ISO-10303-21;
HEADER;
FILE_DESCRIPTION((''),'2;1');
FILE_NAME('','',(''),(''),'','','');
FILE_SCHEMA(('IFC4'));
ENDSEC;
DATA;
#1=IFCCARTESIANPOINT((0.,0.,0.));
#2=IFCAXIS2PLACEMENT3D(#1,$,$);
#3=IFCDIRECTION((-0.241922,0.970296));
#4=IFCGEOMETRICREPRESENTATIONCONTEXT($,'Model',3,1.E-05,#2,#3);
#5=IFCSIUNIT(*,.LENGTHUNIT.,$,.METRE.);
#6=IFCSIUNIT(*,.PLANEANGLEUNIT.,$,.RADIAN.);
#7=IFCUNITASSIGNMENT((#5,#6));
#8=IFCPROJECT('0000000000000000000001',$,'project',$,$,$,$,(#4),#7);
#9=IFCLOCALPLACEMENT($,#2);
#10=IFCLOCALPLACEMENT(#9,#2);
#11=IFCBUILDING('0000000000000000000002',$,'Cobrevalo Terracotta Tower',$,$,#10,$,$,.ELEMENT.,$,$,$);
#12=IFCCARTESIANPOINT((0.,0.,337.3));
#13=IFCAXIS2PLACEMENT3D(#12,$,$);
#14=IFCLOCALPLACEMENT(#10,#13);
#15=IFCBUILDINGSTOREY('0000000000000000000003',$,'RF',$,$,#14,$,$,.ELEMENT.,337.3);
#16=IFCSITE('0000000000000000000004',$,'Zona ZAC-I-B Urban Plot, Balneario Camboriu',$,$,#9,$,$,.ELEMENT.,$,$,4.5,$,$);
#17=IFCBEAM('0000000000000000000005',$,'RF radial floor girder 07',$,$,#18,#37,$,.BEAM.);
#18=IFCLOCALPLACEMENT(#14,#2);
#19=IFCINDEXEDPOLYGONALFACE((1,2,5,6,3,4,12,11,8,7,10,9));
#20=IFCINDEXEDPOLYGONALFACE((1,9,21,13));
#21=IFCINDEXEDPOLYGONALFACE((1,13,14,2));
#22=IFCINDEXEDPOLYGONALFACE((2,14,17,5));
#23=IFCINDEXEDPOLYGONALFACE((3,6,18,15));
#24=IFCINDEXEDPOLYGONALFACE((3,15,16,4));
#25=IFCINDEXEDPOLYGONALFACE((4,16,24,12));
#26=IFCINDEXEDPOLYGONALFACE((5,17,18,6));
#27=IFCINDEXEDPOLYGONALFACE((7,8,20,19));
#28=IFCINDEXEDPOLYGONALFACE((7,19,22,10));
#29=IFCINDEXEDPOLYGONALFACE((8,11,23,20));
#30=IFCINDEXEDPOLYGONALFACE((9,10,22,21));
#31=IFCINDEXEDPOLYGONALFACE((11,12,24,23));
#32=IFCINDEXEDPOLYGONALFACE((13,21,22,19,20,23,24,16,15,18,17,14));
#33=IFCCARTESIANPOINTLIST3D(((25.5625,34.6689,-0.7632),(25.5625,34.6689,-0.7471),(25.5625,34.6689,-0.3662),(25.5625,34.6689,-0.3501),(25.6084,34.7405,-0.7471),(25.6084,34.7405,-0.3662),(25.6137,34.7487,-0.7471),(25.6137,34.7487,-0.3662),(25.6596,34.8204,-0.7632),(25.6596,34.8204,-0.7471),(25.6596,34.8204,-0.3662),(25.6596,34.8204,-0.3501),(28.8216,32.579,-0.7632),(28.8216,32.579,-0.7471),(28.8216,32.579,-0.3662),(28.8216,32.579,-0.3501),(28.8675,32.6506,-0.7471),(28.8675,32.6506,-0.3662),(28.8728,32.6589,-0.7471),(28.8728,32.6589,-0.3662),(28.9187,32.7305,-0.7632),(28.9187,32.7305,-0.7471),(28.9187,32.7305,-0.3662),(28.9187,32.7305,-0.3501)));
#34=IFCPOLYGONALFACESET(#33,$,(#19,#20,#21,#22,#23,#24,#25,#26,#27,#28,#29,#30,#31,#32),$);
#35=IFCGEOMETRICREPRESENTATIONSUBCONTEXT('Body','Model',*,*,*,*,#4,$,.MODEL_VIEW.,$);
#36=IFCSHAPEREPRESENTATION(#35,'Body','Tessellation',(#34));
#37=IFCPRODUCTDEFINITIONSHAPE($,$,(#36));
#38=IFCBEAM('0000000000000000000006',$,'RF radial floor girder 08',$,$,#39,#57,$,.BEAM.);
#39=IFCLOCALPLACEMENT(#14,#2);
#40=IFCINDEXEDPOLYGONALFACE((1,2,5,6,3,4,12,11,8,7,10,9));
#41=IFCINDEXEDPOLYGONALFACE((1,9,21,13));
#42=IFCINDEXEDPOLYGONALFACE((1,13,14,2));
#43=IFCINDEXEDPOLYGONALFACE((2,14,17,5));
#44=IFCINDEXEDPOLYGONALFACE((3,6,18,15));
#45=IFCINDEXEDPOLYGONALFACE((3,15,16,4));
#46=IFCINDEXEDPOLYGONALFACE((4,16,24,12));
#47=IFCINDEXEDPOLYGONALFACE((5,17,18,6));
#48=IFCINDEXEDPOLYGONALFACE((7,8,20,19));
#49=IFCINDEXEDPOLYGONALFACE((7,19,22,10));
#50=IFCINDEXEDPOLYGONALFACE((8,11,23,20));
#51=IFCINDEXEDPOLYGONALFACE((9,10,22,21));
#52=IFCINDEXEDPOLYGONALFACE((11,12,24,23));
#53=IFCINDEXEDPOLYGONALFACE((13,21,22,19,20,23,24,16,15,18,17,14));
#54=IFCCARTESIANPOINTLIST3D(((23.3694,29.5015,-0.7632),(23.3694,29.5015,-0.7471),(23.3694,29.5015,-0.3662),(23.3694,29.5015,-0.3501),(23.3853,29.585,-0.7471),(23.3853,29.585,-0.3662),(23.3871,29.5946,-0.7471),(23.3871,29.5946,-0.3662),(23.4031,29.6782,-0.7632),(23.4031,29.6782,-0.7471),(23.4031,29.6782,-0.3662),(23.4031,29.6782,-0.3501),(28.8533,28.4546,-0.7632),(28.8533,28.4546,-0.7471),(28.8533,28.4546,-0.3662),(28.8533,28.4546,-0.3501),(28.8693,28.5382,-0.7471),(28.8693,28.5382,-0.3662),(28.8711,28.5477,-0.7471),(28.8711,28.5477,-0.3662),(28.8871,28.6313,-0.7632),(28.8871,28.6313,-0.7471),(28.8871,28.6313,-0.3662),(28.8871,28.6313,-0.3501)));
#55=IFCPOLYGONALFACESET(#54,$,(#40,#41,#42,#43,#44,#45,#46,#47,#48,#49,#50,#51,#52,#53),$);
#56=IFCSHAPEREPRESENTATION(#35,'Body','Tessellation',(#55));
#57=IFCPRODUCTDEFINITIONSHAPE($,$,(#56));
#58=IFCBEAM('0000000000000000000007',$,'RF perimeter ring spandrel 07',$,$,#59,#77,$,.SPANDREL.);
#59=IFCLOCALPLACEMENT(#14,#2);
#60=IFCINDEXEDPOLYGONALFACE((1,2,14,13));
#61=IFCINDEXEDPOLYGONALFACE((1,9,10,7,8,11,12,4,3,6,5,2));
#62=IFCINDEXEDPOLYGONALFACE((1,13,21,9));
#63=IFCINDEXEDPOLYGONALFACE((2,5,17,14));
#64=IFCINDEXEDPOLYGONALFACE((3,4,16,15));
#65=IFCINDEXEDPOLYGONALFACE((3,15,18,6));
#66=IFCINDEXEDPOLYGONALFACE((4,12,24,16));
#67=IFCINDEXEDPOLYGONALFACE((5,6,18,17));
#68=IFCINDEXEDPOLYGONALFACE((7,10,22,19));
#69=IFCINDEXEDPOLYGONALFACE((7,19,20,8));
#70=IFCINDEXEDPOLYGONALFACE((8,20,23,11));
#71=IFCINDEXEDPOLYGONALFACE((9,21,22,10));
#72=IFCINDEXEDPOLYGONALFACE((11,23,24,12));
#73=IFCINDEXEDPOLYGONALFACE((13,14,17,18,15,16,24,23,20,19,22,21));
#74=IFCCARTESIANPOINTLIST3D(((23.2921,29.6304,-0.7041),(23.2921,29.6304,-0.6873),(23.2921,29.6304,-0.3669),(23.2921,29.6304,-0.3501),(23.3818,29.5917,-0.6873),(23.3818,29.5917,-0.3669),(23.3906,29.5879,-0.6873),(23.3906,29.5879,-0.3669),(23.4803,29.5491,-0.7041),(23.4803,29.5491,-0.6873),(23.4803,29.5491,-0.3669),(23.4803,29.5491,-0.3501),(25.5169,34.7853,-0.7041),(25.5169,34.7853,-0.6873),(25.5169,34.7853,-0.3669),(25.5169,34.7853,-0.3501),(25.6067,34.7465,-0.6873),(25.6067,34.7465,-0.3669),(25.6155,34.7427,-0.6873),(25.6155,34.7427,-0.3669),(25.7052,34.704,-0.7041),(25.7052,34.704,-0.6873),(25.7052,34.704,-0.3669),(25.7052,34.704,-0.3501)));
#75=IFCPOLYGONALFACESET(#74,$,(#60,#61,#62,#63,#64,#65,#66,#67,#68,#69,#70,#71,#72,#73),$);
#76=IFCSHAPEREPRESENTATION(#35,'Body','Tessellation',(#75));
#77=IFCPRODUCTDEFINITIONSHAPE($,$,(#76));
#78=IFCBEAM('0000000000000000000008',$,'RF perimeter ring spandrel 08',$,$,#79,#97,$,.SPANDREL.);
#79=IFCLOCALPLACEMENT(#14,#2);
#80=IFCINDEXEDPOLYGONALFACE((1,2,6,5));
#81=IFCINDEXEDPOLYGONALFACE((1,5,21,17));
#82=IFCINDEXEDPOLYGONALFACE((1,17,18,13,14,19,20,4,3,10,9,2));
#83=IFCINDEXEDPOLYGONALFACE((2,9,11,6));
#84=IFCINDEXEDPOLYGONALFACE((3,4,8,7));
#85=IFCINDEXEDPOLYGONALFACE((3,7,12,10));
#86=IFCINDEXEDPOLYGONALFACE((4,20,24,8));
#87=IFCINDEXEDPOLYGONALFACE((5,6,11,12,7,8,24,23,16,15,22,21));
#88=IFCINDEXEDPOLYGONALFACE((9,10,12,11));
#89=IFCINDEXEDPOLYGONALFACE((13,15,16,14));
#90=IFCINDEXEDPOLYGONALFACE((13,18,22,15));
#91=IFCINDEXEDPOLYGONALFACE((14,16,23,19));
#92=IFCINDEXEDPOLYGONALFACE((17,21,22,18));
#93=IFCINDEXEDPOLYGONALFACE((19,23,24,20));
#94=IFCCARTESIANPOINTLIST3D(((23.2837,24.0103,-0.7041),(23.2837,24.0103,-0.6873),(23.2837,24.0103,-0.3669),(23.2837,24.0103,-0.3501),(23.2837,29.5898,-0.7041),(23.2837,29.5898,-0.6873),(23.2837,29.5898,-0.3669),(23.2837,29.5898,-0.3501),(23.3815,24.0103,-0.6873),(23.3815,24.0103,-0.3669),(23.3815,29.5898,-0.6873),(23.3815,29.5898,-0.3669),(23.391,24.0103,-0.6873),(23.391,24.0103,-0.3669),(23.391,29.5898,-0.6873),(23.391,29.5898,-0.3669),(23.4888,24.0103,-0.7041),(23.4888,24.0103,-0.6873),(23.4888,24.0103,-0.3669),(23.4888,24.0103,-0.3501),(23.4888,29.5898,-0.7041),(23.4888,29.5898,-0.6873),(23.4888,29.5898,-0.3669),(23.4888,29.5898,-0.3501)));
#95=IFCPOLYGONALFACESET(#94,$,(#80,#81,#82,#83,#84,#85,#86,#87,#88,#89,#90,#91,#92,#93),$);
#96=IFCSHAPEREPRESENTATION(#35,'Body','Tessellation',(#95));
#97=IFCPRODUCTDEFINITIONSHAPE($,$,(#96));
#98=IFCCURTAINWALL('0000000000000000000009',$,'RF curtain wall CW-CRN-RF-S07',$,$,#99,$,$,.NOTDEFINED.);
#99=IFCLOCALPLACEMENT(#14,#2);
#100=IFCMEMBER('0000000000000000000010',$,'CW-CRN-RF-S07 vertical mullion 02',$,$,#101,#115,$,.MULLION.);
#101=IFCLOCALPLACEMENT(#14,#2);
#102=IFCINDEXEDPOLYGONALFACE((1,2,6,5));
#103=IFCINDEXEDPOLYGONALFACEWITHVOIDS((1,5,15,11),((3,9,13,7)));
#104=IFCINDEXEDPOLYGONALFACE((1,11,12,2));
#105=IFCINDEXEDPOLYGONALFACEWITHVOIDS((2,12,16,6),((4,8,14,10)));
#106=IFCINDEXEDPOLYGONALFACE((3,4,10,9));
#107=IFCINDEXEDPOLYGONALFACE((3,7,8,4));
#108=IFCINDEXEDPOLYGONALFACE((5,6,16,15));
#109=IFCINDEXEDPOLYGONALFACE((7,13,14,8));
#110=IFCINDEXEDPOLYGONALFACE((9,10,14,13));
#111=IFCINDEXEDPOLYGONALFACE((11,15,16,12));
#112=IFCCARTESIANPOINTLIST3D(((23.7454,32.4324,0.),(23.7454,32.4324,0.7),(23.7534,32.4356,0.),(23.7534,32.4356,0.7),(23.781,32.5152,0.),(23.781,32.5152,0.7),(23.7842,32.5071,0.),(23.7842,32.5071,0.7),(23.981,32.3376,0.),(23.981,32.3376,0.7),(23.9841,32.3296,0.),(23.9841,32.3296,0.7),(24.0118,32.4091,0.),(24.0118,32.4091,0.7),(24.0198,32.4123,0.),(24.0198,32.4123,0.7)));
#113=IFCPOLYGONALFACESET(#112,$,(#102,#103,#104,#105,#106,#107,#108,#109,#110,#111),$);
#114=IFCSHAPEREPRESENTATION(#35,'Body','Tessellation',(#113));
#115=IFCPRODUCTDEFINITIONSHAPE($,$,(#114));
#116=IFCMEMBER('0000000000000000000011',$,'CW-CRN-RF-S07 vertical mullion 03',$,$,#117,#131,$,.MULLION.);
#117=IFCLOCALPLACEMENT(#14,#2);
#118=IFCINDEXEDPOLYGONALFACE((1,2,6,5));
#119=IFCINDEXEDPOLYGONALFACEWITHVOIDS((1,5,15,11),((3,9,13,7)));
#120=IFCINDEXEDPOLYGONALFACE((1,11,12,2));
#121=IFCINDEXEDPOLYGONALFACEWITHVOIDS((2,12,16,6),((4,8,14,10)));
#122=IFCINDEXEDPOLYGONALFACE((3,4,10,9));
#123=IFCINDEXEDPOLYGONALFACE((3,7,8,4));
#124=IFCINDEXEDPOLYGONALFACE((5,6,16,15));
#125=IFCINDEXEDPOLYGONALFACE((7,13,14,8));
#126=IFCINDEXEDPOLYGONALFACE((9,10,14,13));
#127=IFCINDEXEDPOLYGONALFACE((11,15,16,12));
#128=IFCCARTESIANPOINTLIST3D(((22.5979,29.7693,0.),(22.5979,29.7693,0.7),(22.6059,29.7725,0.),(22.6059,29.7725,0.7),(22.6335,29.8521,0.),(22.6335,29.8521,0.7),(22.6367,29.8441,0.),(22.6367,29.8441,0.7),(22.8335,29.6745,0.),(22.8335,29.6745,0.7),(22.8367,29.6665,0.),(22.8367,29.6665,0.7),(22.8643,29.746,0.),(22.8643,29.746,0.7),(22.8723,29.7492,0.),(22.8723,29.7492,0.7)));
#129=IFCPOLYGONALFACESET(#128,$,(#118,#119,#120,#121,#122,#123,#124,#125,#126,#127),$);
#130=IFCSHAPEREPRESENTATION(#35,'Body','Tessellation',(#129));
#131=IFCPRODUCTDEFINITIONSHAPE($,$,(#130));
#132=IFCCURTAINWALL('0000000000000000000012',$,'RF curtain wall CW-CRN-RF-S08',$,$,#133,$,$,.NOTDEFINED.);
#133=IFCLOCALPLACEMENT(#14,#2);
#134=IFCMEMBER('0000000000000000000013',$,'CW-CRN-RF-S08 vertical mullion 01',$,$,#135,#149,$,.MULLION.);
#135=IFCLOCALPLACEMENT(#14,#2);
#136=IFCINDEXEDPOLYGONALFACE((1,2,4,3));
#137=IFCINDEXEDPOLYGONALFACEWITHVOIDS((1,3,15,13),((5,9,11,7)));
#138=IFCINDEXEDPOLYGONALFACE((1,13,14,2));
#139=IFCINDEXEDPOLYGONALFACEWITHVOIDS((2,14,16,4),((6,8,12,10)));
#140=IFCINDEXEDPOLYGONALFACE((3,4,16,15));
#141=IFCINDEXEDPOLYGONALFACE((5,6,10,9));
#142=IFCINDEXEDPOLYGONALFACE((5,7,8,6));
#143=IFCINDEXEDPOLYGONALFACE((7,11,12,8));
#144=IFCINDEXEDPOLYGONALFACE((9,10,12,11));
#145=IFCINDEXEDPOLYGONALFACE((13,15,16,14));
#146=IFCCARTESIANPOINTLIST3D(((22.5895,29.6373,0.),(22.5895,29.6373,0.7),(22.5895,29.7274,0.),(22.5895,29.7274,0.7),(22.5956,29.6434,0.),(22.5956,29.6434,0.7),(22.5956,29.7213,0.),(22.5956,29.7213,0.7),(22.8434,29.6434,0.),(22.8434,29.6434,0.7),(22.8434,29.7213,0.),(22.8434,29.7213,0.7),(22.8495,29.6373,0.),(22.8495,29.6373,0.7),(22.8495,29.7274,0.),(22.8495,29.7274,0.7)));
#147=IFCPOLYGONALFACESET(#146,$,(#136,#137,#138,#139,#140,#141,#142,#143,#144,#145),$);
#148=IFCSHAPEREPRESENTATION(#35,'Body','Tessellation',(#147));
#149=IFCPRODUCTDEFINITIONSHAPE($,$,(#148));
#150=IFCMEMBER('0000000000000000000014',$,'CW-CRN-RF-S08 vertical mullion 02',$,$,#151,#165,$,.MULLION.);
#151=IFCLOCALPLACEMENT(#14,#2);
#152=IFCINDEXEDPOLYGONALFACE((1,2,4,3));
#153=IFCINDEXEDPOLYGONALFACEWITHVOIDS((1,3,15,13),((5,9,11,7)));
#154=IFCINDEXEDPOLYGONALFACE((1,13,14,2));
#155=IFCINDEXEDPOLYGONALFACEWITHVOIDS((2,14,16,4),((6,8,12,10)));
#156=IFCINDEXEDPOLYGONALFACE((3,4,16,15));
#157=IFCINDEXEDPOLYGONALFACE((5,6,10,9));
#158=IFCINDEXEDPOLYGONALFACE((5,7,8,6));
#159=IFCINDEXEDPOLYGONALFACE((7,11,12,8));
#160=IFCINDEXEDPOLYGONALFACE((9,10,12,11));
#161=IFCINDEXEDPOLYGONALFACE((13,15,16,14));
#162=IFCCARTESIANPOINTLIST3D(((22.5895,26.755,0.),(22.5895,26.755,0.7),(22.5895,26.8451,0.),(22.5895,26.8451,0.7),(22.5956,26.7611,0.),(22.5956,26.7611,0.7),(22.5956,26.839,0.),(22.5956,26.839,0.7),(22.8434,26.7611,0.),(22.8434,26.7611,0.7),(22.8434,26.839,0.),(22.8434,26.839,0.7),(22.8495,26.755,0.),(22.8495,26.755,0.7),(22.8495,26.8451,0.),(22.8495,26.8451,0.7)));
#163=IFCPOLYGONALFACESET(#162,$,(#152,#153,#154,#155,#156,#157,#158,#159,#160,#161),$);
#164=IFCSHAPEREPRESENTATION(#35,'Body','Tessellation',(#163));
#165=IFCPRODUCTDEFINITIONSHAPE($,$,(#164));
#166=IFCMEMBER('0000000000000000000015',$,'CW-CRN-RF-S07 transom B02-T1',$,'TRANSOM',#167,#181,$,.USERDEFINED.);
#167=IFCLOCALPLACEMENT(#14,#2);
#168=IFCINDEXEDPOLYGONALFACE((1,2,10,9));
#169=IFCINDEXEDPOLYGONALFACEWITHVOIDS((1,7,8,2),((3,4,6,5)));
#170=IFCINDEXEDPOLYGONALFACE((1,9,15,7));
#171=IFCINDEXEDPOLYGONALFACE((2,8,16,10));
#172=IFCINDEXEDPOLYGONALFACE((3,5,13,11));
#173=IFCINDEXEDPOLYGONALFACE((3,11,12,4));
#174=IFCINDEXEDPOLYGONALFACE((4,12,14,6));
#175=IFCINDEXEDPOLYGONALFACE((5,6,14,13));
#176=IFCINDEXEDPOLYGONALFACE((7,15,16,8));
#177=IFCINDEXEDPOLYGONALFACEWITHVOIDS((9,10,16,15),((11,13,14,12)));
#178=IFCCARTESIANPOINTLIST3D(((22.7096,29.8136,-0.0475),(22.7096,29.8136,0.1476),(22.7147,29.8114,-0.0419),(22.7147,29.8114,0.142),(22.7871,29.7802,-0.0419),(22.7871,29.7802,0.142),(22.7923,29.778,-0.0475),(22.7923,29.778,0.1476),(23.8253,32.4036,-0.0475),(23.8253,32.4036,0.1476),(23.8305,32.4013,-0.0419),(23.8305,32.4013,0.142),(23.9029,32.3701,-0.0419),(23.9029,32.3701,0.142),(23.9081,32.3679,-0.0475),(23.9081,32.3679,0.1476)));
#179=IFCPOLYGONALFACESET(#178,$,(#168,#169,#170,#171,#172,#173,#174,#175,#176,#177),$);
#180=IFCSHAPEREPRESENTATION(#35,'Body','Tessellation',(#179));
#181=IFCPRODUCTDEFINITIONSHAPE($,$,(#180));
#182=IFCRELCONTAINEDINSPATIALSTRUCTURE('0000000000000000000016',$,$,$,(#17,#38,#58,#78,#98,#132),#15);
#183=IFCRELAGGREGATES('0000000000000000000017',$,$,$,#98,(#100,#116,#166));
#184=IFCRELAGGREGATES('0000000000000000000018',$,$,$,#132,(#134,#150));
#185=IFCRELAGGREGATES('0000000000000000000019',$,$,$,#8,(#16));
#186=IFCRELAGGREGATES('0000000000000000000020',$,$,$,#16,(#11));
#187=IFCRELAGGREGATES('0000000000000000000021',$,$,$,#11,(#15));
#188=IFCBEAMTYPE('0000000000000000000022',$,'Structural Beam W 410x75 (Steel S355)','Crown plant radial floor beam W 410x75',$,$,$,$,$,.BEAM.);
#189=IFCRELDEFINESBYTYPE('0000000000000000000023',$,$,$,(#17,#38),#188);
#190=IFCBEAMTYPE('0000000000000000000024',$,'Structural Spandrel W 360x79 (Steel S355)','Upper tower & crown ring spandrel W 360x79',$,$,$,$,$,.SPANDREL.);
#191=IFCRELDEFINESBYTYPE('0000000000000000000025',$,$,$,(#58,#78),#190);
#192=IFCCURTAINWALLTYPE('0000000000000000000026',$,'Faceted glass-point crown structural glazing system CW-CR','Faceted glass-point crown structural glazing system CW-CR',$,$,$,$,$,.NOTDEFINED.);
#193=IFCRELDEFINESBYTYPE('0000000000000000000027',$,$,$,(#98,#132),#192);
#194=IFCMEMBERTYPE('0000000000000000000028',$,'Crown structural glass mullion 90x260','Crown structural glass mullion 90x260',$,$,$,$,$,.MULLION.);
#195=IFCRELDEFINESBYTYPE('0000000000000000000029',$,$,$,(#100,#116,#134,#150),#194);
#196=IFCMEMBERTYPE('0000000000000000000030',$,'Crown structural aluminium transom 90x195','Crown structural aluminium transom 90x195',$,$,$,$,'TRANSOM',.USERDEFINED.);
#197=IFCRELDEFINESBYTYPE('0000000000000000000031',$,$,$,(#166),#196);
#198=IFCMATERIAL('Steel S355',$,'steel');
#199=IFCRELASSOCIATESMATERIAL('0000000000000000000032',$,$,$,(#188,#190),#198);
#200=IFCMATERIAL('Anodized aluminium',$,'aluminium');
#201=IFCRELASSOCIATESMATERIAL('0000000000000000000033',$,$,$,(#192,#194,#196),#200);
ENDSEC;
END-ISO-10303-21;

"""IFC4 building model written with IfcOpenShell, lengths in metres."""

from ifc_helpers import new_model, si_unit, direction, frame, origin, origin_2d, place, context, subcontext, project, spatial, hollow_rectangle, i_section, extrude, source, transform, mapped, material, material_profile, profile_set, type_object, element, aggregate, save


model = new_model("IFC4")

# Units and contexts
model_context = context("Model", 3, precision=1e-05, world=origin(), true_north=direction((-0.241922, 0.970296)))
body_context = subcontext(model_context, "Body", "Model", "MODEL_VIEW")
ifc_project = project(units=[si_unit("LENGTHUNIT", "METRE"), si_unit("PLANEANGLEUNIT", "RADIAN")], contexts=[model_context])

# Site, building, storey
site_placement = place(None, origin())
site = spatial("IfcSite", under=ifc_project, at=site_placement, Name="Zona ZAC-I-B Urban Plot, Balneario Camboriu", CompositionType="ELEMENT", RefElevation=4.5)
building_placement = place(site_placement, origin())
building = spatial("IfcBuilding", under=site, at=building_placement, Name="Cobrevalo Terracotta Tower", CompositionType="ELEMENT")
storey_placement = place(building_placement, frame((0.0, 0.0, 337.3)))
storey = spatial("IfcBuildingStorey", under=building, at=storey_placement, Name="RF", CompositionType="ELEMENT", Elevation=337.3)

# Beams
ifc_material_1 = material(Name="Steel S355", Category="steel")
ifc_material_profile_1 = material_profile(ifc_material_1, i_section(OverallWidth=0.1799, OverallDepth=0.4131, WebThickness=0.0098, FlangeThickness=0.0161, at=origin_2d()), Name="W 410x75")
ifc_profile_set_1 = profile_set([ifc_material_profile_1], Name="Steel S355")
beam_type_1 = type_object("IfcBeamType", Name="Structural Beam W 410x75 (Steel S355)", Description="Crown plant radial floor beam W 410x75", PredefinedType="BEAM", material=ifc_profile_set_1)
beam_1_placement = place(storey_placement, frame((25.6111, 34.7446, -0.5566), z_axis=(0.841795, -0.539798, 0.0), x_axis=(0.539798, 0.841795, 0.0)))
element("IfcBeam", 1, at=beam_1_placement, inside=storey, type_object=beam_type_1, Name="RF radial floor girder 07", PredefinedType="BEAM", context=body_context, shape_type="SweptSolid", body=[
    extrude(i_section(OverallWidth=0.1799, OverallDepth=0.4131, WebThickness=0.0098, FlangeThickness=0.0161, at=origin_2d()), origin(), (0.0, 0.0, 1.0), 3.8716),
])
beam_2_placement = place(storey_placement, frame((23.3862, 29.5898, -0.5566), z_axis=(0.982262, -0.187514, 0.0), x_axis=(0.187514, 0.982262, 0.0)))
element("IfcBeam", 2, at=beam_2_placement, inside=storey, type_object=beam_type_1, Name="RF radial floor girder 08", PredefinedType="BEAM", context=body_context, shape_type="SweptSolid", body=[
    extrude(i_section(OverallWidth=0.1799, OverallDepth=0.4131, WebThickness=0.0098, FlangeThickness=0.0161, at=origin_2d()), origin(), (0.0, 0.0, 1.0), 5.583),
])
ifc_material_profile_2 = material_profile(ifc_material_1, i_section(OverallWidth=0.2051, OverallDepth=0.354, WebThickness=0.0095, FlangeThickness=0.0168, at=origin_2d()), Name="W 360x79")
ifc_profile_set_2 = profile_set([ifc_material_profile_2], Name="Steel S355")
beam_type_2 = type_object("IfcBeamType", Name="Structural Spandrel W 360x79 (Steel S355)", Description="Upper tower & crown ring spandrel W 360x79", PredefinedType="SPANDREL", material=ifc_profile_set_2)
beam_3_placement = place(storey_placement, frame((25.6111, 34.7446, -0.5271), z_axis=(-0.396274, -0.918132, 0.0), x_axis=(0.918132, -0.396274, 0.0)))
element("IfcBeam", 3, at=beam_3_placement, inside=storey, type_object=beam_type_2, Name="RF perimeter ring spandrel 07", PredefinedType="SPANDREL", context=body_context, shape_type="SweptSolid", body=[
    extrude(i_section(OverallWidth=0.2051, OverallDepth=0.354, WebThickness=0.0095, FlangeThickness=0.0168, at=origin_2d()), origin(), (0.0, 0.0, 1.0), 5.6145),
])
beam_4_placement = place(storey_placement, frame((23.3862, 29.5898, -0.5271), z_axis=(0.0, -1.0, 0.0), x_axis=(1.0, 0.0, 0.0)))
element("IfcBeam", 4, at=beam_4_placement, inside=storey, type_object=beam_type_2, Name="RF perimeter ring spandrel 08", PredefinedType="SPANDREL", context=body_context, shape_type="SweptSolid", body=[
    extrude(i_section(OverallWidth=0.2051, OverallDepth=0.354, WebThickness=0.0095, FlangeThickness=0.0168, at=origin_2d()), origin(), (0.0, 0.0, 1.0), 5.5796),
])

# Curtain walls, members
ifc_material_2 = material(Name="Anodized aluminium", Category="aluminium")
curtain_wall_type = type_object("IfcCurtainWallType", Name="Faceted glass-point crown structural glazing system CW-CR", Description="Faceted glass-point crown structural glazing system CW-CR", PredefinedType="NOTDEFINED", material=ifc_material_2)
curtain_wall_1_placement = place(storey_placement, origin())
curtain_wall_1 = element("IfcCurtainWall", 5, at=curtain_wall_1_placement, inside=storey, type_object=curtain_wall_type, Name="RF curtain wall CW-CRN-RF-S07", PredefinedType="NOTDEFINED")
ifc_material_profile_3 = material_profile(ifc_material_2, hollow_rectangle(XDim=0.0901, YDim=0.26, WallThickness=0.0061, at=origin_2d()), Name="CWM 90x260")
ifc_profile_set_3 = profile_set([ifc_material_profile_3], Name="Anodized aluminium")
member_type_1 = type_object("IfcMemberType", Name="Crown structural glass mullion 90x260", Description="Crown structural glass mullion 90x260", PredefinedType="MULLION", material=ifc_profile_set_3)
shared_shape_1 = source(origin(), body_context, "Body", "SweptSolid", [
    extrude(hollow_rectangle(XDim=0.0901, YDim=0.26, WallThickness=0.0061, at=origin_2d()), origin(), (0.0, 0.0, 1.0), 0.7),
])
member_1_placement = place(storey_placement, frame((23.8826, 32.4224, 0.0), z_axis=(0.0, 0.0, 1.0), x_axis=(-0.395658, -0.918398, 0.0)))
member_1 = element("IfcMember", 6, at=member_1_placement, type_object=member_type_1, Name="CW-CRN-RF-S07 vertical mullion 02", PredefinedType="MULLION", context=body_context, shape_type="MappedRepresentation", body=[
    mapped(shared_shape_1, transform((0.0, 0.0, 0.0), scale=1.0)),
])
member_2_placement = place(storey_placement, frame((22.7351, 29.7593, 0.0), z_axis=(0.0, 0.0, 1.0), x_axis=(-0.395658, -0.918398, 0.0)))
member_2 = element("IfcMember", 7, at=member_2_placement, type_object=member_type_1, Name="CW-CRN-RF-S07 vertical mullion 03", PredefinedType="MULLION", context=body_context, shape_type="MappedRepresentation", body=[
    mapped(shared_shape_1, transform((0.0, 0.0, 0.0), scale=1.0)),
])
curtain_wall_2_placement = place(storey_placement, origin())
curtain_wall_2 = element("IfcCurtainWall", 8, at=curtain_wall_2_placement, inside=storey, type_object=curtain_wall_type, Name="RF curtain wall CW-CRN-RF-S08", PredefinedType="NOTDEFINED")
member_3_placement = place(storey_placement, frame((22.7195, 29.6824, 0.0), z_axis=(0.0, 0.0, 1.0), x_axis=(0.0, -1.0, 0.0)))
member_3 = element("IfcMember", 9, at=member_3_placement, type_object=member_type_1, Name="CW-CRN-RF-S08 vertical mullion 01", PredefinedType="MULLION", context=body_context, shape_type="MappedRepresentation", body=[
    mapped(shared_shape_1, transform((0.0, 0.0, 0.0), scale=1.0)),
])
member_4_placement = place(storey_placement, frame((22.7195, 26.8, 0.0), z_axis=(0.0, 0.0, 1.0), x_axis=(0.0, -1.0, 0.0)))
member_4 = element("IfcMember", 10, at=member_4_placement, type_object=member_type_1, Name="CW-CRN-RF-S08 vertical mullion 02", PredefinedType="MULLION", context=body_context, shape_type="MappedRepresentation", body=[
    mapped(shared_shape_1, transform((0.0, 0.0, 0.0), scale=1.0)),
])

# Member
ifc_material_profile_4 = material_profile(ifc_material_2, hollow_rectangle(XDim=0.0901, YDim=0.1951, WallThickness=0.0056, at=origin_2d()), Name="CWT 90x195")
ifc_profile_set_4 = profile_set([ifc_material_profile_4], Name="Anodized aluminium")
member_type_2 = type_object("IfcMemberType", Name="Crown structural aluminium transom 90x195", Description="Crown structural aluminium transom 90x195", ElementType="TRANSOM", PredefinedType="USERDEFINED", material=ifc_profile_set_4)
shared_shape_2 = source(origin(), body_context, "Body", "SweptSolid", [
    extrude(hollow_rectangle(XDim=0.0901, YDim=0.1951, WallThickness=0.0056, at=origin_2d()), origin(), (0.0, 0.0, 1.0), 2.8201),
])
member_5_placement = place(storey_placement, frame((23.8667, 32.3857, 0.05), z_axis=(-0.395653, -0.9184, 0.0), x_axis=(0.9184, -0.395653, 0.0)))
member_5 = element("IfcMember", 11, at=member_5_placement, type_object=member_type_2, Name="CW-CRN-RF-S07 transom B02-T1", ObjectType="TRANSOM", PredefinedType="USERDEFINED", context=body_context, shape_type="MappedRepresentation", body=[
    mapped(shared_shape_2, transform((0.0, 0.0, 0.0), scale=1.0)),
])

aggregate(curtain_wall_1, [member_1, member_2, member_5])
aggregate(curtain_wall_2, [member_3, member_4])

save(model, "model.ifc")
